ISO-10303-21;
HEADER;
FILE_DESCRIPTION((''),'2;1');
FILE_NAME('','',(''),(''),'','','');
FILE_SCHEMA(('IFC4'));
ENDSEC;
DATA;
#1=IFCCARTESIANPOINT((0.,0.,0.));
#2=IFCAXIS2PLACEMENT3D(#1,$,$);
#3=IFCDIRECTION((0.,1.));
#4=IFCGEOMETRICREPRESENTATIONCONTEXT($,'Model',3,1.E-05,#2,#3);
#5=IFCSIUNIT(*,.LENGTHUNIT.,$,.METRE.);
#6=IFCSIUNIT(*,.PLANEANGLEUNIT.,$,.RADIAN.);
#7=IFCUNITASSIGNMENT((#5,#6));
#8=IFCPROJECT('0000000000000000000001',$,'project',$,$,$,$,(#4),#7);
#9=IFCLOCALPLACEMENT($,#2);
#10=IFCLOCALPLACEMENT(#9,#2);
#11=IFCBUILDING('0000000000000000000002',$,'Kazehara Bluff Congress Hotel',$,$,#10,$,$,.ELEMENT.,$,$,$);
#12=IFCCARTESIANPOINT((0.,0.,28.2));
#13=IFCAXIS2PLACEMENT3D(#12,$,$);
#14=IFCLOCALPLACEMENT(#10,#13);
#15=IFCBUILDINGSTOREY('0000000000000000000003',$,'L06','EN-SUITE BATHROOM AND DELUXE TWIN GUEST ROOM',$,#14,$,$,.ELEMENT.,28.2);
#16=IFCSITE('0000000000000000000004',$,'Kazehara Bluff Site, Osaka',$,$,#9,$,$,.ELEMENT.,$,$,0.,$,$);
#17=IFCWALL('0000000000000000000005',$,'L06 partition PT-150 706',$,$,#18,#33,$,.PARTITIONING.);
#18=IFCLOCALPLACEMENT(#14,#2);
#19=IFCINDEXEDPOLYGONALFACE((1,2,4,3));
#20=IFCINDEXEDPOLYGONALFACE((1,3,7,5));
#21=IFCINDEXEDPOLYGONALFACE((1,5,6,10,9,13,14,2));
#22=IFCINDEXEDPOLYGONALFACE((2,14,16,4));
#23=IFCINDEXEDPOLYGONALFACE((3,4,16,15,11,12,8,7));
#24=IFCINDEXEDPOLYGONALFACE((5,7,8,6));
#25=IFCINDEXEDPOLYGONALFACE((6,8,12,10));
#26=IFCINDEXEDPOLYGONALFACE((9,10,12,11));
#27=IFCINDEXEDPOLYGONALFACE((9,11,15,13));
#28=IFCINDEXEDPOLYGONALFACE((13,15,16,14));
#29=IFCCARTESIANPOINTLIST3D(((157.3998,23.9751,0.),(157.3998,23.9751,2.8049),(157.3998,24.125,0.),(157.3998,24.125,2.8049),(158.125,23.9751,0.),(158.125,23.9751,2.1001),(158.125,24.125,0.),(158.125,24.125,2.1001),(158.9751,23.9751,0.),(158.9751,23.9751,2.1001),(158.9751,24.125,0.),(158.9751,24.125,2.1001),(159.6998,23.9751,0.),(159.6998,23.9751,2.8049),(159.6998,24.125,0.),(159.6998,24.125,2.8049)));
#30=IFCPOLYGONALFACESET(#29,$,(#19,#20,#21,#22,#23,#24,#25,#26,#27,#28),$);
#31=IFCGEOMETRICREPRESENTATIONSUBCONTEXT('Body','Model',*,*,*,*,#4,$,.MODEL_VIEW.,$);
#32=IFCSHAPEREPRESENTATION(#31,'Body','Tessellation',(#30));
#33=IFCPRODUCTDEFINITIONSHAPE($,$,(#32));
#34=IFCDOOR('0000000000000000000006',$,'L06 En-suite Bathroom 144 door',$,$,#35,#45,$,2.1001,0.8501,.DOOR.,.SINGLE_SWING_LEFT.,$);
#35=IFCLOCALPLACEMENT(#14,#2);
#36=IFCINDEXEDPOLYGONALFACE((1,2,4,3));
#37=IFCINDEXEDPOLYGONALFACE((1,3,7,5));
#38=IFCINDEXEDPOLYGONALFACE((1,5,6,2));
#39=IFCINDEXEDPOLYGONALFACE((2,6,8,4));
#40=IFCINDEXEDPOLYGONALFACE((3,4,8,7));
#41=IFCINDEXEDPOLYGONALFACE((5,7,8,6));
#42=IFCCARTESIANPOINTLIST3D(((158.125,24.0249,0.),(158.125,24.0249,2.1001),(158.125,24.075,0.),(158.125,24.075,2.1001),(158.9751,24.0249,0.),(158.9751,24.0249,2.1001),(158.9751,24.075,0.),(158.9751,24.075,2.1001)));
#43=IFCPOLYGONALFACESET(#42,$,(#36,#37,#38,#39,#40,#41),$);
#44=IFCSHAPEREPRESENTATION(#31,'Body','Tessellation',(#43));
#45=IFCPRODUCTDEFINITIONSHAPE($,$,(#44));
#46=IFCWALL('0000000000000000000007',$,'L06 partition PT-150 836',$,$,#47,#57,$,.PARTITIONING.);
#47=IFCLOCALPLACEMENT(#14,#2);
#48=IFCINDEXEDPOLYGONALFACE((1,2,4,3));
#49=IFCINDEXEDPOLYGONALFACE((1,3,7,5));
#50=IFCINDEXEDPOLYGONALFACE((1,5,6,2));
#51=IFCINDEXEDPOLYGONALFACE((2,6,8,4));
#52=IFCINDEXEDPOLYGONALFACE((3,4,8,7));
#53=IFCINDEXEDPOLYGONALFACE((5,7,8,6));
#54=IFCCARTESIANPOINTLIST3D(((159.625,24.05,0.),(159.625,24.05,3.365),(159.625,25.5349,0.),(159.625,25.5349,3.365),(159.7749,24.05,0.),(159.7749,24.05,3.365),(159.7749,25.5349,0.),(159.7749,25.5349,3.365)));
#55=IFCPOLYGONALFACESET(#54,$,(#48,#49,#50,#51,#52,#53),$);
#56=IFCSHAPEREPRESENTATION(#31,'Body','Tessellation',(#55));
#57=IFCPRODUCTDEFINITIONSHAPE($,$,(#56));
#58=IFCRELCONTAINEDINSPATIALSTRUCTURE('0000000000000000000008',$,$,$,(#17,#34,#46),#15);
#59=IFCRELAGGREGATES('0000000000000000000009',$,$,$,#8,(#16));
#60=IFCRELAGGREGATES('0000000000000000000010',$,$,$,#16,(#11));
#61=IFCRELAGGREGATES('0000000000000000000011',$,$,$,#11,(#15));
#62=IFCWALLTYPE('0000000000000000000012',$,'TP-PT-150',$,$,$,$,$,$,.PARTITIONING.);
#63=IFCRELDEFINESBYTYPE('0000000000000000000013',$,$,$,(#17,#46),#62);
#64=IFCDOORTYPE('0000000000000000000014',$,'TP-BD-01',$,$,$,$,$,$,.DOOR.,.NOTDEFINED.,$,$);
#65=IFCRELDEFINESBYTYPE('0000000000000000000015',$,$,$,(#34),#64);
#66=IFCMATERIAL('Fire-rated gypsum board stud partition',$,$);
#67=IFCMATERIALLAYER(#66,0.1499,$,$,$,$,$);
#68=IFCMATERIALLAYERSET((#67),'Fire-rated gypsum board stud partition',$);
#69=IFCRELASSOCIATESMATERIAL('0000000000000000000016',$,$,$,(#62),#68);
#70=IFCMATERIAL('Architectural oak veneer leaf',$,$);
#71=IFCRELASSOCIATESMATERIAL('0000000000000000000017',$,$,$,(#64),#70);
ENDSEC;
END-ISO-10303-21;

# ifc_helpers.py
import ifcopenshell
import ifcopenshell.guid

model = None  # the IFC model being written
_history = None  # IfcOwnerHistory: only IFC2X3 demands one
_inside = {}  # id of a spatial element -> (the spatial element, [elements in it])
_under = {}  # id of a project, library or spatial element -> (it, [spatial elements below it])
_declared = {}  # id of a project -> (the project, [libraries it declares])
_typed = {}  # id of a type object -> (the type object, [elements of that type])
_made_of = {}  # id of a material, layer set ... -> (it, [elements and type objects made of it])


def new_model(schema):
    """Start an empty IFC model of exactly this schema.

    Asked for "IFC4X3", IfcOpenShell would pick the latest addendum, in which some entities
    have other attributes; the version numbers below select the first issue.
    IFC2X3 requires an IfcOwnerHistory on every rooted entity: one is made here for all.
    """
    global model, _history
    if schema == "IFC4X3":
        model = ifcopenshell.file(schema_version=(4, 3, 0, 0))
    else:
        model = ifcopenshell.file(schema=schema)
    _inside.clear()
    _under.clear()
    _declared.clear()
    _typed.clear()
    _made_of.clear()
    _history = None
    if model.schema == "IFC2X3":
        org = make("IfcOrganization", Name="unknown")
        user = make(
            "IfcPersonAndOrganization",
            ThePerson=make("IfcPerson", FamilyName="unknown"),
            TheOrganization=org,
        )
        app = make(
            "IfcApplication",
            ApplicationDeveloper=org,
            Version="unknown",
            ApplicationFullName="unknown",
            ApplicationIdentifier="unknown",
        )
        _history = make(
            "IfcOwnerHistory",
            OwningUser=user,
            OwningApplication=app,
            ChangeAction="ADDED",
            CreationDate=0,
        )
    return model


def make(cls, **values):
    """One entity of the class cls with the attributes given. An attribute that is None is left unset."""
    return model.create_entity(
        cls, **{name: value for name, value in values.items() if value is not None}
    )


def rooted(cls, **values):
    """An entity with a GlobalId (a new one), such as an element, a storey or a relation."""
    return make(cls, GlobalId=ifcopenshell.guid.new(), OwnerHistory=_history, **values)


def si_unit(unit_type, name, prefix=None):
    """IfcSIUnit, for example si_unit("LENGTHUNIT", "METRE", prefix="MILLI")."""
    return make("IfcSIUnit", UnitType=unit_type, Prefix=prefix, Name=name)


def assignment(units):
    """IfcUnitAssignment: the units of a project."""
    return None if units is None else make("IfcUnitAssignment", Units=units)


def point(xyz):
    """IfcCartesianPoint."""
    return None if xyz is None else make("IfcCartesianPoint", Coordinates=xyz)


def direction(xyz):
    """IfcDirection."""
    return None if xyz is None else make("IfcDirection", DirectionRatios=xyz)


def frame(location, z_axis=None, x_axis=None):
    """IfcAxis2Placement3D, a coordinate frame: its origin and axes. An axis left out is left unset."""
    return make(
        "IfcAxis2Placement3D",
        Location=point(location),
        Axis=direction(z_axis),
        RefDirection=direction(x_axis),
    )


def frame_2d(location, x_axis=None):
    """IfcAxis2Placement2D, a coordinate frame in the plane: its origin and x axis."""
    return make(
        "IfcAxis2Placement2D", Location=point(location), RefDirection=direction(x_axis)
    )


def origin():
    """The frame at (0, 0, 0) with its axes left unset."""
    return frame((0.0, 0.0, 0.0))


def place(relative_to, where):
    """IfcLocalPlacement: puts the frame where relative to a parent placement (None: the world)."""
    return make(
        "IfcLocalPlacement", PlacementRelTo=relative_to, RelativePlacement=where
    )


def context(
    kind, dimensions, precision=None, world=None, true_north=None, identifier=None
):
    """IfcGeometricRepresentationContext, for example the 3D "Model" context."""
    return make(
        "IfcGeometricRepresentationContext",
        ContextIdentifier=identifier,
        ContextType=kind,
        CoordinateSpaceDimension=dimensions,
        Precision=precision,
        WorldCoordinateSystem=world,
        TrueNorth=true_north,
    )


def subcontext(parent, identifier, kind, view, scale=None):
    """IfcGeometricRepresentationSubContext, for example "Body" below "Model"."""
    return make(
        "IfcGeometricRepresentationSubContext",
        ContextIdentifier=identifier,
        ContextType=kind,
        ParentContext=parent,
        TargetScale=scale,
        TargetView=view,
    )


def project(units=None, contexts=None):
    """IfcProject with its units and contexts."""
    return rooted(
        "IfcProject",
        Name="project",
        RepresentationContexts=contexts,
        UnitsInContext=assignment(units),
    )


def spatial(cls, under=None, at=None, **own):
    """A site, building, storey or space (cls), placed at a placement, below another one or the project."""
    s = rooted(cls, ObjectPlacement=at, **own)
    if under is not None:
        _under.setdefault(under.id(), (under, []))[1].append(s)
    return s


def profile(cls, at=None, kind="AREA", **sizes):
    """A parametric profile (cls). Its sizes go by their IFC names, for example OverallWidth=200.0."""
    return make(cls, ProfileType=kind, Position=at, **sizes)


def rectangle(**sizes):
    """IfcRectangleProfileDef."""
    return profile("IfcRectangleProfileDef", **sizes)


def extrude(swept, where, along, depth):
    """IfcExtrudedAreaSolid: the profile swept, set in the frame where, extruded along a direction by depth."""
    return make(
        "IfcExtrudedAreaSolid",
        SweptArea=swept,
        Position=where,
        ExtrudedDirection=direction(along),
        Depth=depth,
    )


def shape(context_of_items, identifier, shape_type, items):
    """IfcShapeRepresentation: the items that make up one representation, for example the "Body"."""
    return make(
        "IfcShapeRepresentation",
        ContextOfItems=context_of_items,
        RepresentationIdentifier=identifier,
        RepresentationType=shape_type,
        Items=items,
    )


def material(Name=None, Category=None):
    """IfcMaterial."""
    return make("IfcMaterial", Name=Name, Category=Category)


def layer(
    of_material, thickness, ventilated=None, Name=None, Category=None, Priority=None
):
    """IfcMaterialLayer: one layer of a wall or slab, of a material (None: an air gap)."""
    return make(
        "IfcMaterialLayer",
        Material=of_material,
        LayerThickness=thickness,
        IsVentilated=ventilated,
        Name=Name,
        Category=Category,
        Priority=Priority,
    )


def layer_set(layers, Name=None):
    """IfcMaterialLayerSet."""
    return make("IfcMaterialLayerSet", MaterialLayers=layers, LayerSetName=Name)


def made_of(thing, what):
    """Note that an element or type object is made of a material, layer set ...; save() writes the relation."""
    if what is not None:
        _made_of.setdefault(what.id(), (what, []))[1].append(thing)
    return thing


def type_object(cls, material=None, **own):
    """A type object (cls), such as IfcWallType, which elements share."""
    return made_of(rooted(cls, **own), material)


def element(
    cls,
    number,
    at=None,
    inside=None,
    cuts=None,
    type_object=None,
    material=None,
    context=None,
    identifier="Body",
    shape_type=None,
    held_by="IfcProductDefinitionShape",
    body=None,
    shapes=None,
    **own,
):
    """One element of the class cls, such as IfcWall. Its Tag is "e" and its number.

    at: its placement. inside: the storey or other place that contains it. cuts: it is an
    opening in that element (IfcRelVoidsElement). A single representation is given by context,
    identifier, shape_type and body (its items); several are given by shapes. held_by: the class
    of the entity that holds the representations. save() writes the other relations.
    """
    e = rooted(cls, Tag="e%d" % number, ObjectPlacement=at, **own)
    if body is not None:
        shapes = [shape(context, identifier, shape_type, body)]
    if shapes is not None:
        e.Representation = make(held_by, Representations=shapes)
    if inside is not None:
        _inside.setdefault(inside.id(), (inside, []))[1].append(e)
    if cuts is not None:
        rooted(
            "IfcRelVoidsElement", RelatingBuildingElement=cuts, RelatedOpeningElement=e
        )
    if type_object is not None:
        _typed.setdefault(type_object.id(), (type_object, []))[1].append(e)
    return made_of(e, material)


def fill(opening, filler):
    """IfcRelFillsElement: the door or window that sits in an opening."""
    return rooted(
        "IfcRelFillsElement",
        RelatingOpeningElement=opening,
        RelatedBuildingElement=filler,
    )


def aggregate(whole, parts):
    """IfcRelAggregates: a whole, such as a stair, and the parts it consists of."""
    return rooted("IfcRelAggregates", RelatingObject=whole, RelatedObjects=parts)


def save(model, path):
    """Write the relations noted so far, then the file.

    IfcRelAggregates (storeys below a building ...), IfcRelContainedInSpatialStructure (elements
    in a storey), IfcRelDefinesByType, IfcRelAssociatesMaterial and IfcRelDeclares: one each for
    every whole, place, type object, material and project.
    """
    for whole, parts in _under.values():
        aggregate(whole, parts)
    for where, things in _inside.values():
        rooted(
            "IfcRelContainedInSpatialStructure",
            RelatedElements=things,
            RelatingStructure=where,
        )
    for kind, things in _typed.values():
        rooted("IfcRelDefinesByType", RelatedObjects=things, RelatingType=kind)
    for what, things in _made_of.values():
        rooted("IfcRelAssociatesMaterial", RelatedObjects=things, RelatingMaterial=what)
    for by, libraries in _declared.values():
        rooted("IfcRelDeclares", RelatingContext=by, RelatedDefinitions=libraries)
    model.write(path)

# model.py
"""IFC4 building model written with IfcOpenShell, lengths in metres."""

from ifc_helpers import new_model, si_unit, direction, frame, frame_2d, origin, place, context, subcontext, project, spatial, rectangle, extrude, material, layer, layer_set, type_object, element, fill, save


model = new_model("IFC4")

# Units and contexts
model_context = context("Model", 3, precision=1e-05, world=origin(), true_north=direction((0.0, 1.0)))
body_context = subcontext(model_context, "Body", "Model", "MODEL_VIEW")
ifc_project = project(units=[si_unit("LENGTHUNIT", "METRE"), si_unit("PLANEANGLEUNIT", "RADIAN")], contexts=[model_context])

# Site, building, storey
site_placement = place(None, origin())
site = spatial("IfcSite", under=ifc_project, at=site_placement, Name="Kazehara Bluff Site, Osaka", CompositionType="ELEMENT", RefElevation=0.0)
building_placement = place(site_placement, origin())
building = spatial("IfcBuilding", under=site, at=building_placement, Name="Kazehara Bluff Congress Hotel", CompositionType="ELEMENT")
storey_placement = place(building_placement, frame((0.0, 0.0, 28.2)))
storey = spatial("IfcBuildingStorey", under=building, at=storey_placement, Name="L06", Description="EN-SUITE BATHROOM AND DELUXE TWIN GUEST ROOM", CompositionType="ELEMENT", Elevation=28.2)

# Wall, opening, door
ifc_material_1 = material(Name="Fire-rated gypsum board stud partition")
ifc_layer_1 = layer(ifc_material_1, 0.1499)
ifc_layer_set_1 = layer_set([ifc_layer_1], Name="Fire-rated gypsum board stud partition")
wall_type_1 = type_object("IfcWallType", Name="TP-PT-150", PredefinedType="PARTITIONING", material=ifc_layer_set_1)
wall_1_placement = place(storey_placement, frame((157.3999, 24.05, 0.0), z_axis=(0.0, 0.0, 1.0), x_axis=(1.0, 0.0, 0.0)))
wall_1 = element("IfcWall", 1, at=wall_1_placement, inside=storey, type_object=wall_type_1, Name="L06 partition PT-150 706", PredefinedType="PARTITIONING", context=body_context, shape_type="SweptSolid", body=[
    extrude(rectangle(XDim=2.3, YDim=0.1499, at=frame_2d((1.1499, 0.0))), origin(), (0.0, 0.0, 1.0), 2.8049),
])
opening_1_placement = place(wall_1_placement, frame((0.7251, 0.0, 0.0)))
opening_1 = element("IfcOpeningElement", 2, at=opening_1_placement, cuts=wall_1, PredefinedType="OPENING", context=body_context, shape_type="SweptSolid", body=[
    extrude(rectangle(XDim=0.8501, YDim=2.1001, at=frame_2d((0.425, 1.05))), frame((0.0, 0.085, 0.0), z_axis=(0.0, -1.0, 0.0), x_axis=(1.0, 0.0, 0.0)), (0.0, 0.0, 1.0), 0.1699),
])
ifc_material_2 = material(Name="Architectural oak veneer leaf")
door_type_1 = type_object("IfcDoorType", Name="TP-BD-01", OperationType="NOTDEFINED", PredefinedType="DOOR", material=ifc_material_2)
door_1_placement = place(opening_1_placement, origin())
door_1 = element("IfcDoor", 3, at=door_1_placement, inside=storey, type_object=door_type_1, Name="L06 En-suite Bathroom 144 door", OperationType="SINGLE_SWING_LEFT", OverallHeight=2.1001, OverallWidth=0.8501, PredefinedType="DOOR", context=body_context, shape_type="SweptSolid", body=[
    extrude(rectangle(XDim=0.8501, YDim=2.1001, at=frame_2d((0.425, 1.05))), frame((0.0, 0.0249, 0.0), z_axis=(0.0, -1.0, 0.0), x_axis=(1.0, 0.0, 0.0)), (0.0, 0.0, 1.0), 0.05),
])
fill(opening_1, door_1)

# Wall
wall_2_placement = place(storey_placement, frame((159.7, 24.05, 0.0), z_axis=(0.0, 0.0, 1.0), x_axis=(0.0, 1.0, 0.0)))
element("IfcWall", 4, at=wall_2_placement, inside=storey, type_object=wall_type_1, Name="L06 partition PT-150 836", PredefinedType="PARTITIONING", context=body_context, shape_type="SweptSolid", body=[
    extrude(rectangle(XDim=1.4849, YDim=0.1499, at=frame_2d((0.7424, 0.0))), origin(), (0.0, 0.0, 1.0), 3.365),
])

save(model, "model.ifc")
